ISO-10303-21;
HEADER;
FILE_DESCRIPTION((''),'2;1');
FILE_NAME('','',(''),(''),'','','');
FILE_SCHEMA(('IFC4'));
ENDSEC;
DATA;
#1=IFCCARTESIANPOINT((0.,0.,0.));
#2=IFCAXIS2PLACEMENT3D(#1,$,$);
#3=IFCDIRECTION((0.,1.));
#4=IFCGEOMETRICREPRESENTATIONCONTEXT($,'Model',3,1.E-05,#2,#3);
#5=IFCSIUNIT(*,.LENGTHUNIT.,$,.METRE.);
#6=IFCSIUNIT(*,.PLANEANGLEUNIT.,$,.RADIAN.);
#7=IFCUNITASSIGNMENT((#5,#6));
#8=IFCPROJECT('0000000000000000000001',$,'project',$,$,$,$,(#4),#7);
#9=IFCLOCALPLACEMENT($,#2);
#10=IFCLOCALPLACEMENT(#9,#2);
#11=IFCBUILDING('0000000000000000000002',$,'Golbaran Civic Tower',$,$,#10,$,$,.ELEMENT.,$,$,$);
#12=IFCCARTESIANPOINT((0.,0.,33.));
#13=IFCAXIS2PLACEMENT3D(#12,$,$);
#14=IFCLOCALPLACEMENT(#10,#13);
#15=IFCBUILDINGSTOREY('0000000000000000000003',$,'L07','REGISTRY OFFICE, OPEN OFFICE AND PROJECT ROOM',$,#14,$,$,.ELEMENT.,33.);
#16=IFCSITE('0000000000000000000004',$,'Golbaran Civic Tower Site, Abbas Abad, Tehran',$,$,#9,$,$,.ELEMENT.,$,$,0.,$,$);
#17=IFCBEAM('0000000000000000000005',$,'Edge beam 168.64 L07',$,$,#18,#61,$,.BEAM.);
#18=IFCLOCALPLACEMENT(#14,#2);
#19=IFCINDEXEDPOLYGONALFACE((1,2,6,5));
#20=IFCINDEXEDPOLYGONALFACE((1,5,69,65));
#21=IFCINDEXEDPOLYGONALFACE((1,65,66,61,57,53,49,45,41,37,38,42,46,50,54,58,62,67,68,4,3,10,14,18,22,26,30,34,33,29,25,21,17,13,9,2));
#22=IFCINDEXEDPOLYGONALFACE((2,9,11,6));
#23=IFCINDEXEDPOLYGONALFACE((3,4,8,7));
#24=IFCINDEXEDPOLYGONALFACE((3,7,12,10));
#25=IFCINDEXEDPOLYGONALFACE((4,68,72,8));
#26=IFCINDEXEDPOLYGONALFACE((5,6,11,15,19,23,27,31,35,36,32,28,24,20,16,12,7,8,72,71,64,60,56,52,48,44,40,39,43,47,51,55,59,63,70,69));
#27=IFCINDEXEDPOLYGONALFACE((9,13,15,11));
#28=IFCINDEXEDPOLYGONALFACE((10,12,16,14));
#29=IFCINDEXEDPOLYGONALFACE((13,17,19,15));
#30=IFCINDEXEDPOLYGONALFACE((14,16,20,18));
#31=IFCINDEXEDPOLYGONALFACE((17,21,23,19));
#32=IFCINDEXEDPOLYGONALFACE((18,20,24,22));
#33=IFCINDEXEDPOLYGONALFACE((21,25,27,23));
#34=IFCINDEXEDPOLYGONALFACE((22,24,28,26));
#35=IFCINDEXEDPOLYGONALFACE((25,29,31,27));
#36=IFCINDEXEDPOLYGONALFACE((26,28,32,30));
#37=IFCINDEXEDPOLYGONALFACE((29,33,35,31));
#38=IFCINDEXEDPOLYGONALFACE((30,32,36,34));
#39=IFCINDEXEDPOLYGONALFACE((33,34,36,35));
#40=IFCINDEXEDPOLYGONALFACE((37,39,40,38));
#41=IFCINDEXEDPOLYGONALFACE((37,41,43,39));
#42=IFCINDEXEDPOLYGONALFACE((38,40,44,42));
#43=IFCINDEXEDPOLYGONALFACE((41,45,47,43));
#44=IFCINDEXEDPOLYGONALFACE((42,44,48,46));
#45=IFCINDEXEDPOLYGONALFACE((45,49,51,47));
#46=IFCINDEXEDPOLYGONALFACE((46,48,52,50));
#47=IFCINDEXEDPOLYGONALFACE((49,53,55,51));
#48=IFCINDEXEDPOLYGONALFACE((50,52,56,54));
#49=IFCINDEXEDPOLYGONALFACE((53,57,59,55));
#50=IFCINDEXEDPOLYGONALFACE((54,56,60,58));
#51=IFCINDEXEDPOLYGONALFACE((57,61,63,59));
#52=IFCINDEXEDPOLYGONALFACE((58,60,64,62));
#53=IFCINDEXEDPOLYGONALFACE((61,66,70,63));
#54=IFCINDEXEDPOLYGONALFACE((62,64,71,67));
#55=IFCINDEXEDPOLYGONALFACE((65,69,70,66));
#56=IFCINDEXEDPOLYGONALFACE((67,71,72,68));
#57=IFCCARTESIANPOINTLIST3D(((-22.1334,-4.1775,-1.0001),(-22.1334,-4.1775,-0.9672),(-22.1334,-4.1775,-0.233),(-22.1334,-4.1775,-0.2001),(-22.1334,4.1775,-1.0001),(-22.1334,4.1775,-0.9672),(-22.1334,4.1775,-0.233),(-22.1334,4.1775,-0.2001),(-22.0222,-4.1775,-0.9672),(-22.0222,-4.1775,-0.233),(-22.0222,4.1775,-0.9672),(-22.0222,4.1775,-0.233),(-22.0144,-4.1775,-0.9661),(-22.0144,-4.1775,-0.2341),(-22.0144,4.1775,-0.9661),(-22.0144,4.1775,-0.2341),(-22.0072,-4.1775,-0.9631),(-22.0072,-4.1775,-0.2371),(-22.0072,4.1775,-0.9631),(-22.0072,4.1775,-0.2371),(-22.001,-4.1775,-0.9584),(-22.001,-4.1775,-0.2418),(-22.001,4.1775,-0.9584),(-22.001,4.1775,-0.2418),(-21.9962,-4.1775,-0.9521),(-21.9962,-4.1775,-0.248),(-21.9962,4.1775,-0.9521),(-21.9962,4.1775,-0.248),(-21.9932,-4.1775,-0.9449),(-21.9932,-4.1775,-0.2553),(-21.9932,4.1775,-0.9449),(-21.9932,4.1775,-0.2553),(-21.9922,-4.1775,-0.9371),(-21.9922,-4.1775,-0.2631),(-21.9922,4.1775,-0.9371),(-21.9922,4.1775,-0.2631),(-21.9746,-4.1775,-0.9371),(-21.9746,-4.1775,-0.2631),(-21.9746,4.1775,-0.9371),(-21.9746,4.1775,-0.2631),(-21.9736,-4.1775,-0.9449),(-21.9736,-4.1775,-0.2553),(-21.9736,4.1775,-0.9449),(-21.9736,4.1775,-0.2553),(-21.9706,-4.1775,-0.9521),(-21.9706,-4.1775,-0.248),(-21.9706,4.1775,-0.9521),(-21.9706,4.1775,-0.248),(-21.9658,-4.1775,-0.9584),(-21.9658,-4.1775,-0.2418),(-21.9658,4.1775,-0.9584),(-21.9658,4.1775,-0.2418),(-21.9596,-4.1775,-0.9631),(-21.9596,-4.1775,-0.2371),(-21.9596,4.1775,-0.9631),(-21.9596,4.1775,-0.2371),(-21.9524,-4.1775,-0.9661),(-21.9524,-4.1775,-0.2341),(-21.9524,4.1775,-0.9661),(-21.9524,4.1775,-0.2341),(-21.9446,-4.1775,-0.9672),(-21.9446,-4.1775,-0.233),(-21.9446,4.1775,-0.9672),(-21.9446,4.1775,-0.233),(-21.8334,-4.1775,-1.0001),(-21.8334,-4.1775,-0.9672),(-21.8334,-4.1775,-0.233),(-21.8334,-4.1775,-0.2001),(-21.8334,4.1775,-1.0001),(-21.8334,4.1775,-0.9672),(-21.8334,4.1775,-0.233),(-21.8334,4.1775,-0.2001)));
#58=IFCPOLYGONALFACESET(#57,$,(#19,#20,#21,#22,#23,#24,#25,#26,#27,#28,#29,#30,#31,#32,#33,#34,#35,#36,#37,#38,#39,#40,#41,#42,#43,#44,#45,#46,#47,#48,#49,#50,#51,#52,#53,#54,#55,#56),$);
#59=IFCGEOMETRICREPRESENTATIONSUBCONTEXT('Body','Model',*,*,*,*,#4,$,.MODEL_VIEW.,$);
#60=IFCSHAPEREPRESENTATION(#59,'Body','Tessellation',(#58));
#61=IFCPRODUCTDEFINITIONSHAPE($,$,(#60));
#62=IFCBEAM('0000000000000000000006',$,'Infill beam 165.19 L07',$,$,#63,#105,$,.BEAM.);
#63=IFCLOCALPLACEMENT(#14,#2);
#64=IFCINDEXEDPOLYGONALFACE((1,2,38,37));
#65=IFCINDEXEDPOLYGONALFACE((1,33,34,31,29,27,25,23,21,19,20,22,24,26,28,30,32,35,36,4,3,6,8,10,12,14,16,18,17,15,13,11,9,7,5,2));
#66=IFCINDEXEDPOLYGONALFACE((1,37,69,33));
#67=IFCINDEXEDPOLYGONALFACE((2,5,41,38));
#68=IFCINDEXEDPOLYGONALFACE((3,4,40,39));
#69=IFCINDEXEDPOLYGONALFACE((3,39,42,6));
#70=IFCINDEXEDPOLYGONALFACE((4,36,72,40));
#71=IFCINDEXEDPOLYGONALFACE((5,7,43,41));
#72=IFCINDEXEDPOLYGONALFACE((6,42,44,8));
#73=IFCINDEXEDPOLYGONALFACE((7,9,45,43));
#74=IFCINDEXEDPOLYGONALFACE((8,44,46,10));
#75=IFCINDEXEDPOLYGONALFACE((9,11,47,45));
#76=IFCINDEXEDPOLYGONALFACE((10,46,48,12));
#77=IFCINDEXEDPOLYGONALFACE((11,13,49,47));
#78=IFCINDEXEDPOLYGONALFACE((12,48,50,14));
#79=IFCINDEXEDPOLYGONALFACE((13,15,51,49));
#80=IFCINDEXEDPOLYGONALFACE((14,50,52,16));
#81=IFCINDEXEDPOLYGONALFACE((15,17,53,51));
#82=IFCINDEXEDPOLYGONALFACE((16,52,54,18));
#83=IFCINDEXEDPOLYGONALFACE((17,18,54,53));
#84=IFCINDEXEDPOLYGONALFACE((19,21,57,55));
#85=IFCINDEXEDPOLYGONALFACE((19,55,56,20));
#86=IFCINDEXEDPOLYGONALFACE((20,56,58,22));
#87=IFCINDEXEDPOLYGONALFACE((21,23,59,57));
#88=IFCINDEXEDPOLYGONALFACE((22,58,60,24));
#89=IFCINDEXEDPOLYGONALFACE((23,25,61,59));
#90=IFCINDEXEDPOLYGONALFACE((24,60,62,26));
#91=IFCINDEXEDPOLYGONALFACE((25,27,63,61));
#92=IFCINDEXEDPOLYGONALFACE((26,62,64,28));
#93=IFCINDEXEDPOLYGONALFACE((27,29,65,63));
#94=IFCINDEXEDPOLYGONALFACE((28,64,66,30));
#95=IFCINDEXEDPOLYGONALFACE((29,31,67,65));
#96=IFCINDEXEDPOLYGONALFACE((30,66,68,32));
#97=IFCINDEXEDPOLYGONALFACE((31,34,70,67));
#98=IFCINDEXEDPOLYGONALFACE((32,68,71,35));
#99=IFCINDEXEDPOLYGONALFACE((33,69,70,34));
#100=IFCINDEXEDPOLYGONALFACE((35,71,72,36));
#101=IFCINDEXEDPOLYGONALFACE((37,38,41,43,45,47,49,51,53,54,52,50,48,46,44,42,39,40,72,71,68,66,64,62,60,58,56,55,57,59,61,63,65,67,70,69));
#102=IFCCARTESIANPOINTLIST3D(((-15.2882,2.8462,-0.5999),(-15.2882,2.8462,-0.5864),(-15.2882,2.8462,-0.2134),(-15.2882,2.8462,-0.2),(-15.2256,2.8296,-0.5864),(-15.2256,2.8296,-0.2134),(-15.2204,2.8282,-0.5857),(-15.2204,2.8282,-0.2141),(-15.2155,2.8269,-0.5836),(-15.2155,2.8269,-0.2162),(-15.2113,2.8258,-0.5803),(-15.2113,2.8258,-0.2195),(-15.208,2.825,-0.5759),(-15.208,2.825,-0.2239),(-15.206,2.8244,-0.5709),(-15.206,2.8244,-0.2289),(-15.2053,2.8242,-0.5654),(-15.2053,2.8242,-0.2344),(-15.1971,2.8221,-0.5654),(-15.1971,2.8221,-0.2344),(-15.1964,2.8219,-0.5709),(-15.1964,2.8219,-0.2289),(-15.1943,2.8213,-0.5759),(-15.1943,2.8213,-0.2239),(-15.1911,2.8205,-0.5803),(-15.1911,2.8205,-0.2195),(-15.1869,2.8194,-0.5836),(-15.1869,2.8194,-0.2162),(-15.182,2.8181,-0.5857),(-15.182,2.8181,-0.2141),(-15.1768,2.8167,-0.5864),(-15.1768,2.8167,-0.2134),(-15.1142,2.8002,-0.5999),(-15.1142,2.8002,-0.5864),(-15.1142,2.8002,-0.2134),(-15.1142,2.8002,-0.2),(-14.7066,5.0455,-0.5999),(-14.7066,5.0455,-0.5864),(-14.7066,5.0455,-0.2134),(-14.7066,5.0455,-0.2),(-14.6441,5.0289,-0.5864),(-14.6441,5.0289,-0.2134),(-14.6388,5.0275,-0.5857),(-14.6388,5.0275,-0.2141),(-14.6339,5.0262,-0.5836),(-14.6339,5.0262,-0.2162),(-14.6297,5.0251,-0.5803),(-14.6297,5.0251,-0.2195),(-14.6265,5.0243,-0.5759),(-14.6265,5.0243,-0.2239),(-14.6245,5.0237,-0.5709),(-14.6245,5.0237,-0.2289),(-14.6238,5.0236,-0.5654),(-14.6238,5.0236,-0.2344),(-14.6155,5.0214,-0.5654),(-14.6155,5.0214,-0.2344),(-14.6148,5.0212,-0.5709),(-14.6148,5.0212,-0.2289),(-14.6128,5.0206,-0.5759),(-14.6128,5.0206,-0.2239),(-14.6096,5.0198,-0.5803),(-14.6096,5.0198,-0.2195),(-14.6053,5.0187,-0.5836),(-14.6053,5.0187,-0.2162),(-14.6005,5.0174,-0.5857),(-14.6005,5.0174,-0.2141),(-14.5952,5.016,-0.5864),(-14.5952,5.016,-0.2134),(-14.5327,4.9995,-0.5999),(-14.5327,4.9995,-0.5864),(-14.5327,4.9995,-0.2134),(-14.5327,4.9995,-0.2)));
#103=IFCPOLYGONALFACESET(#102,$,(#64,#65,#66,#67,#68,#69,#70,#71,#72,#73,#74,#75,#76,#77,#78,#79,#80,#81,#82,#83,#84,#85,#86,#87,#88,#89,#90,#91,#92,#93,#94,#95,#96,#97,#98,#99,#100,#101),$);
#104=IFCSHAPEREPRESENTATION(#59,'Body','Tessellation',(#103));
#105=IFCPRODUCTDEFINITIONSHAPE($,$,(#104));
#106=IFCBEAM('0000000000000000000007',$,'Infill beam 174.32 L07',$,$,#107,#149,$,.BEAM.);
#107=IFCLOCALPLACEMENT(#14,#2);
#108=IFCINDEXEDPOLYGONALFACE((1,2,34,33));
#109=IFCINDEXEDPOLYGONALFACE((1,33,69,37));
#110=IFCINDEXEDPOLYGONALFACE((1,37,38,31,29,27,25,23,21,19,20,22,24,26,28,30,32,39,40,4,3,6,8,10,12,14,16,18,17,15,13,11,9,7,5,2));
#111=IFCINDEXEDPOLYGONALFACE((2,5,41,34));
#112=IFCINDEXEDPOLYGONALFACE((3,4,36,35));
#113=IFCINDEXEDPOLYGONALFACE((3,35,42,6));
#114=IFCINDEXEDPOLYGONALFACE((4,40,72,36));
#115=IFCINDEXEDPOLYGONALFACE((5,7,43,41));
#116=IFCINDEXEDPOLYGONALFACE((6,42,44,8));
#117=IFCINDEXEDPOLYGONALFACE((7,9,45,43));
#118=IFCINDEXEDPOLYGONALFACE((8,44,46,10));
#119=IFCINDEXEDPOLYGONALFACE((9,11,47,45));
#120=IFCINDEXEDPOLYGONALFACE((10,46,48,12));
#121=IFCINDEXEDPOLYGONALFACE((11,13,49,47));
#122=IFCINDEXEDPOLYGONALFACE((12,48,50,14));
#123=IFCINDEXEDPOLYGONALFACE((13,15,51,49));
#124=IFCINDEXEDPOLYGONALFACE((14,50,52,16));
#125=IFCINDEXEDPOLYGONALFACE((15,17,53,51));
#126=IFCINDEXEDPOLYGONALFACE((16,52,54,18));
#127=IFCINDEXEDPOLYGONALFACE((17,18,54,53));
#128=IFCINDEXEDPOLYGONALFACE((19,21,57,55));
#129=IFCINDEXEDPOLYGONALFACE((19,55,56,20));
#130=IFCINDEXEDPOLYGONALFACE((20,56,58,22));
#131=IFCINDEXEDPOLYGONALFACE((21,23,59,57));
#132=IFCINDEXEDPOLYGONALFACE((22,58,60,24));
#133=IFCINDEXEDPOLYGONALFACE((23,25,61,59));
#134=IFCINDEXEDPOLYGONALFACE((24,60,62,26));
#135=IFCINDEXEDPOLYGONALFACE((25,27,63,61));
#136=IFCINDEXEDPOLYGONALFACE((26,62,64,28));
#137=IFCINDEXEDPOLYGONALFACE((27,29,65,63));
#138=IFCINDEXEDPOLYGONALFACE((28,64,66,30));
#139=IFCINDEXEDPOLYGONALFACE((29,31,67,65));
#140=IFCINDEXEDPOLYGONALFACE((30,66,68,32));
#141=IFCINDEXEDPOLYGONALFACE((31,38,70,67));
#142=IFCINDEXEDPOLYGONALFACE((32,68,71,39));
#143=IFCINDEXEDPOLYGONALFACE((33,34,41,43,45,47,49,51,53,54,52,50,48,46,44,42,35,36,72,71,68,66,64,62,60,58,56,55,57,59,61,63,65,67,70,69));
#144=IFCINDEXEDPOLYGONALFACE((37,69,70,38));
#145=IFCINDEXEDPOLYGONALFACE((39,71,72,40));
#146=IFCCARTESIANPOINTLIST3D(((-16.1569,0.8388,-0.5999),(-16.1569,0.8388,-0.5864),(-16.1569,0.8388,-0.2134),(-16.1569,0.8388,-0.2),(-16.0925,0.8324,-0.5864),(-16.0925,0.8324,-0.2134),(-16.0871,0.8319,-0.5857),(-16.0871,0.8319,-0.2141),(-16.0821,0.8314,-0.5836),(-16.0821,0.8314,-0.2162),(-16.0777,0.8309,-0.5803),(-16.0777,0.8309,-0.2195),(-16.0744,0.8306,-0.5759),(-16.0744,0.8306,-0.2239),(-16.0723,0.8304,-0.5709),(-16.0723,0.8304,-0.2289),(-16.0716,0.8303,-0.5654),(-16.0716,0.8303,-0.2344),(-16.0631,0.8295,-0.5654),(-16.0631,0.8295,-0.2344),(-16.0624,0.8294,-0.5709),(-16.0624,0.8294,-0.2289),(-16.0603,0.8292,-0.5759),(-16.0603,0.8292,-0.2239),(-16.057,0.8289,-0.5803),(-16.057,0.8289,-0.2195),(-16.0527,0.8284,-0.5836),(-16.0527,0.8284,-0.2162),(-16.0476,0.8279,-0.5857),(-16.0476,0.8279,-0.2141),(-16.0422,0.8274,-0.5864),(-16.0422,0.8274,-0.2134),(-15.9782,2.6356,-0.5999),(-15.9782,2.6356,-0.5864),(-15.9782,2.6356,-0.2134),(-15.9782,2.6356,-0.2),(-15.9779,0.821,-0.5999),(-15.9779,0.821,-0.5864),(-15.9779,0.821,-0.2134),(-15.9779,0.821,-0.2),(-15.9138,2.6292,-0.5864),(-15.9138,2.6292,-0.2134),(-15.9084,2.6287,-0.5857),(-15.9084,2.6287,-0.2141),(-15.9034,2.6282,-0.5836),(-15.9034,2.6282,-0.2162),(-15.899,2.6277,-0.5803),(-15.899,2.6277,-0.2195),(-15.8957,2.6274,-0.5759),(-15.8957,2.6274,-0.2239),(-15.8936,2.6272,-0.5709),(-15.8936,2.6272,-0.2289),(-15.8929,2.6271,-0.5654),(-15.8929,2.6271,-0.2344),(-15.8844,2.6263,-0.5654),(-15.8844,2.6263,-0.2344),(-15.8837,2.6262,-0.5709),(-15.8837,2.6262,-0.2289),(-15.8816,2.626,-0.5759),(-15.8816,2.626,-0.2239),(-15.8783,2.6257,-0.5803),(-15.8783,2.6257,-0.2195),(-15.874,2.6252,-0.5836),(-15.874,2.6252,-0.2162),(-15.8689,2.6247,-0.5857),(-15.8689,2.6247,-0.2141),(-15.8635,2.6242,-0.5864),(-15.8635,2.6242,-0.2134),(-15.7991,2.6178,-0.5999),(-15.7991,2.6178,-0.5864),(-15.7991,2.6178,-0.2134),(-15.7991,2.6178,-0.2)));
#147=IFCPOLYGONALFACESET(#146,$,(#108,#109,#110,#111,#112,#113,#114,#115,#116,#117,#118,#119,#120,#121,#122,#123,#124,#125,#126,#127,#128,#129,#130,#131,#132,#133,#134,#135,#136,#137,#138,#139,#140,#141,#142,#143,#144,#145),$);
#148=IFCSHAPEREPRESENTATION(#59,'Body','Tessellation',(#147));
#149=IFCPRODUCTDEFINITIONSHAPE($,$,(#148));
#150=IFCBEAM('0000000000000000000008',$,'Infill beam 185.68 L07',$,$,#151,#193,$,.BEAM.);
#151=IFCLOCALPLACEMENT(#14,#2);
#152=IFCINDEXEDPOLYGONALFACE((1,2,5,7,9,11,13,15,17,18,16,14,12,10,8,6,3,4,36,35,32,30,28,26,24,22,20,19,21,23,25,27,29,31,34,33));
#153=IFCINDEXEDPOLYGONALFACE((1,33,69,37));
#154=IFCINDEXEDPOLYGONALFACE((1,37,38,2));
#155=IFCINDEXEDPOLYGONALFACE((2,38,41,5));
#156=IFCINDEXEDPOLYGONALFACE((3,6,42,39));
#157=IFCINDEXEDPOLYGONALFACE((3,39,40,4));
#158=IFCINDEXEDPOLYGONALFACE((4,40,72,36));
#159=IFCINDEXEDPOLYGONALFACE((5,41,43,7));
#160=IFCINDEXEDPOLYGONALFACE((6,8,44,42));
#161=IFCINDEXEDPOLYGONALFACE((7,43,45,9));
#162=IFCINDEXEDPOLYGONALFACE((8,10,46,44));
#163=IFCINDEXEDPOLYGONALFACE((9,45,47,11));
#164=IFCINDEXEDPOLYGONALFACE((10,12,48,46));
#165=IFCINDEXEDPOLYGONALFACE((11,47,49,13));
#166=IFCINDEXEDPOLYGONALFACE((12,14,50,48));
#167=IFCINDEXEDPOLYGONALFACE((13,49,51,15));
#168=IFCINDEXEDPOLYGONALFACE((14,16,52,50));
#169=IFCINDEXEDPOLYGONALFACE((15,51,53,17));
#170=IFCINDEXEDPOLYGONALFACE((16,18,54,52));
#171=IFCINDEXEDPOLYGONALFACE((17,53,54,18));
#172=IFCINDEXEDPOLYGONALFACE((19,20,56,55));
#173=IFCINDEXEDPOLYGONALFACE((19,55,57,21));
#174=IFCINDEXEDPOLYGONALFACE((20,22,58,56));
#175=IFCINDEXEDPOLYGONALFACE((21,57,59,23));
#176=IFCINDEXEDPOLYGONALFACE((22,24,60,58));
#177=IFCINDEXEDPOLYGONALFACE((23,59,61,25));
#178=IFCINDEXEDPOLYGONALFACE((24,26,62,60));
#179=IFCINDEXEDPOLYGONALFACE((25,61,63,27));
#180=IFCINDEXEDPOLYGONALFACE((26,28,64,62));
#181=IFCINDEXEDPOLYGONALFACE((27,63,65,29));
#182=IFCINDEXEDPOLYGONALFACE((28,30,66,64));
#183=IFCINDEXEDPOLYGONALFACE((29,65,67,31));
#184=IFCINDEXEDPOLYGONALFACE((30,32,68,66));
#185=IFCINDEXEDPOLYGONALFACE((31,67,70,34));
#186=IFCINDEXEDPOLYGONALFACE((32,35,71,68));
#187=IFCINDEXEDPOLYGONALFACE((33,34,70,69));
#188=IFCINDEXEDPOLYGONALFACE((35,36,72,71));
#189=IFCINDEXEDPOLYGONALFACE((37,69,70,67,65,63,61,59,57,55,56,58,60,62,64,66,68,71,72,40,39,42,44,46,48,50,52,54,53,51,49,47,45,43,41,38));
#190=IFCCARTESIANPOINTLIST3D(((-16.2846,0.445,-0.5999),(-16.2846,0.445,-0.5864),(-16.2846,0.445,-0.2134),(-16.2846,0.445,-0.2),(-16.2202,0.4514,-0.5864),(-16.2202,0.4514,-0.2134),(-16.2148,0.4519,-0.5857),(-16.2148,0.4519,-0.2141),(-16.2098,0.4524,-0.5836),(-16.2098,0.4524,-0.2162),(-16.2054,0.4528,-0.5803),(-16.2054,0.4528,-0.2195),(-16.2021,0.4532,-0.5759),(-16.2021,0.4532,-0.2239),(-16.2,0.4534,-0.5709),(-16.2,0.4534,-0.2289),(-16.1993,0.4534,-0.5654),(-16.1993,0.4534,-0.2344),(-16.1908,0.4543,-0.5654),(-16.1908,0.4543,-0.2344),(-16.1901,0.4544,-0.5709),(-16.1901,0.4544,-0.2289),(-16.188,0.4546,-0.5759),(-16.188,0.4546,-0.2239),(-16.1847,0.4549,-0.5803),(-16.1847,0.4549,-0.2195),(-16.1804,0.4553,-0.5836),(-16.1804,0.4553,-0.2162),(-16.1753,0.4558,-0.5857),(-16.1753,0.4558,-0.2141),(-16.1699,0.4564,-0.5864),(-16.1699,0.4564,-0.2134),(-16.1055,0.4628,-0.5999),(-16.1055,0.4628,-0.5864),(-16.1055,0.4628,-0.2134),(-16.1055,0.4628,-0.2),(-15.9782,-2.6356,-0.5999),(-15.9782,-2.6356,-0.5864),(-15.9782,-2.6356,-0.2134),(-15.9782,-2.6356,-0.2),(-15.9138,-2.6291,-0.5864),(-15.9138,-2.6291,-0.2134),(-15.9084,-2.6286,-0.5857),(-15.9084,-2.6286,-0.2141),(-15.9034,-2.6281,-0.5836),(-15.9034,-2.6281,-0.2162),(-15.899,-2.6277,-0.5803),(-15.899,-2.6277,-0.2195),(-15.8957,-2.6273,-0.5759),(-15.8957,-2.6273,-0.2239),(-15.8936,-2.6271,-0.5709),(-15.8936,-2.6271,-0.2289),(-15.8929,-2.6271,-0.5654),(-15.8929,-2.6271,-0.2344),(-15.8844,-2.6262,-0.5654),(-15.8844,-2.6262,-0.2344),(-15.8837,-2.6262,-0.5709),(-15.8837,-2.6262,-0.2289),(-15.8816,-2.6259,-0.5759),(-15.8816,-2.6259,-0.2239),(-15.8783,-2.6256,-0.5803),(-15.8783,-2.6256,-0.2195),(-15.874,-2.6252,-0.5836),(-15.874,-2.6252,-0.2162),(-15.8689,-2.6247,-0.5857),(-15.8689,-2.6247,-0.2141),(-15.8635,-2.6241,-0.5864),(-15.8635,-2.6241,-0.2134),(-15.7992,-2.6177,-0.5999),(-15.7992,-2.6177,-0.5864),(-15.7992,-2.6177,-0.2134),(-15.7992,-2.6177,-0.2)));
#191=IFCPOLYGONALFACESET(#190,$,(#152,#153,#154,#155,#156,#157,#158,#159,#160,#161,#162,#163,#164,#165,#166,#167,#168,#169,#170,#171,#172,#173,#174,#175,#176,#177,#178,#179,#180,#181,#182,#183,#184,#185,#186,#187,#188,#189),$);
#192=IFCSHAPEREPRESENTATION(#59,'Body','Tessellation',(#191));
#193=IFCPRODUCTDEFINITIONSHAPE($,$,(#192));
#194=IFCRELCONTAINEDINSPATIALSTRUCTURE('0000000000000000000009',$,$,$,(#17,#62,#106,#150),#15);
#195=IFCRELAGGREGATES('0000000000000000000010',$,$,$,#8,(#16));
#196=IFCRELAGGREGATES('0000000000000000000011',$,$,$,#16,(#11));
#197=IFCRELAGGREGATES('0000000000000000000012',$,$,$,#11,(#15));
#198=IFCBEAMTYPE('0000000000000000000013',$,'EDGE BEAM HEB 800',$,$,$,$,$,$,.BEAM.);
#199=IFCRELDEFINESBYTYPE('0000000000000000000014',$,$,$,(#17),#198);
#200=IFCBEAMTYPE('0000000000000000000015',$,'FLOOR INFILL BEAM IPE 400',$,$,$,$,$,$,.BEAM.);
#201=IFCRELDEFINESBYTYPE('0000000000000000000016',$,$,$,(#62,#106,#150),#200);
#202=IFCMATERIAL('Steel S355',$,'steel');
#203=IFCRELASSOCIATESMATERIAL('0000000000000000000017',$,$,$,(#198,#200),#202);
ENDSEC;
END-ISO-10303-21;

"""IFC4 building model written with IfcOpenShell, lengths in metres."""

from ifc_helpers import new_model, si_unit, direction, frame, origin, origin_2d, place, context, subcontext, project, spatial, i_section, extrude, material, material_profile, profile_set, type_object, element, save


model = new_model("IFC4")

# Units and contexts
model_context = context("Model", 3, precision=1e-05, world=origin(), true_north=direction((0.0, 1.0)))
body_context = subcontext(model_context, "Body", "Model", "MODEL_VIEW")
ifc_project = project(units=[si_unit("LENGTHUNIT", "METRE"), si_unit("PLANEANGLEUNIT", "RADIAN")], contexts=[model_context])

# Site, building, storey
site_placement = place(None, origin())
site = spatial("IfcSite", under=ifc_project, at=site_placement, Name="Golbaran Civic Tower Site, Abbas Abad, Tehran", CompositionType="ELEMENT", RefElevation=0.0)
building_placement = place(site_placement, origin())
building = spatial("IfcBuilding", under=site, at=building_placement, Name="Golbaran Civic Tower", CompositionType="ELEMENT")
storey_placement = place(building_placement, frame((0.0, 0.0, 33.0)))
storey = spatial("IfcBuildingStorey", under=building, at=storey_placement, Name="L07", Description="REGISTRY OFFICE, OPEN OFFICE AND PROJECT ROOM", CompositionType="ELEMENT", Elevation=33.0)

# Beams
ifc_material_1 = material(Name="Steel S355", Category="steel")
ifc_material_profile_1 = material_profile(ifc_material_1, i_section(OverallWidth=0.3, OverallDepth=0.8, WebThickness=0.0176, FlangeThickness=0.033, FilletRadius=0.03, at=origin_2d()), Name="HEB 800")
ifc_profile_set_1 = profile_set([ifc_material_profile_1], Name="Steel S355")
beam_type_1 = type_object("IfcBeamType", Name="EDGE BEAM HEB 800", PredefinedType="BEAM", material=ifc_profile_set_1)
beam_1_placement = place(storey_placement, frame((-21.9834, 4.1775, -0.6001), z_axis=(0.0, -1.0, 0.0), x_axis=(1.0, 0.0, 0.0)))
element("IfcBeam", 1, at=beam_1_placement, inside=storey, type_object=beam_type_1, Name="Edge beam 168.64 L07", PredefinedType="BEAM", context=body_context, shape_type="SweptSolid", body=[
    extrude(i_section(OverallWidth=0.3, OverallDepth=0.8, WebThickness=0.0176, FlangeThickness=0.033, FilletRadius=0.03, at=origin_2d()), origin(), (0.0, 0.0, 1.0), 8.355),
])
ifc_material_profile_2 = material_profile(ifc_material_1, i_section(OverallWidth=0.1799, OverallDepth=0.3999, WebThickness=0.0085, FlangeThickness=0.0134, FilletRadius=0.021, at=origin_2d()), Name="IPE 400")
ifc_profile_set_2 = profile_set([ifc_material_profile_2], Name="Steel S355")
beam_type_2 = type_object("IfcBeamType", Name="FLOOR INFILL BEAM IPE 400", PredefinedType="BEAM", material=ifc_profile_set_2)
beam_2_placement = place(storey_placement, frame((-14.6196, 5.0225, -0.3999), z_axis=(-0.255645, -0.966771, 0.0), x_axis=(0.966771, -0.255645, 0.0)))
element("IfcBeam", 2, at=beam_2_placement, inside=storey, type_object=beam_type_2, Name="Infill beam 165.19 L07", PredefinedType="BEAM", context=body_context, shape_type="SweptSolid", body=[
    extrude(i_section(OverallWidth=0.1799, OverallDepth=0.3999, WebThickness=0.0085, FlangeThickness=0.0134, FilletRadius=0.021, at=origin_2d()), origin(), (0.0, 0.0, 1.0), 2.2749),
])
beam_3_placement = place(storey_placement, frame((-15.8887, 2.6267, -0.3999), z_axis=(-0.098968, -0.995091, 0.0), x_axis=(0.995091, -0.098968, 0.0)))
element("IfcBeam", 3, at=beam_3_placement, inside=storey, type_object=beam_type_2, Name="Infill beam 174.32 L07", PredefinedType="BEAM", context=body_context, shape_type="SweptSolid", body=[
    extrude(i_section(OverallWidth=0.1799, OverallDepth=0.3999, WebThickness=0.0085, FlangeThickness=0.0134, FilletRadius=0.021, at=origin_2d()), origin(), (0.0, 0.0, 1.0), 1.8057),
])
beam_4_placement = place(storey_placement, frame((-16.1951, 0.4539, -0.3999), z_axis=(0.098973, -0.99509, 0.0), x_axis=(0.99509, 0.098973, 0.0)))
element("IfcBeam", 4, at=beam_4_placement, inside=storey, type_object=beam_type_2, Name="Infill beam 185.68 L07", PredefinedType="BEAM", context=body_context, shape_type="SweptSolid", body=[
    extrude(i_section(OverallWidth=0.1799, OverallDepth=0.3999, WebThickness=0.0085, FlangeThickness=0.0134, FilletRadius=0.021, at=origin_2d()), origin(), (0.0, 0.0, 1.0), 3.0957),
])

save(model, "model.ifc")
